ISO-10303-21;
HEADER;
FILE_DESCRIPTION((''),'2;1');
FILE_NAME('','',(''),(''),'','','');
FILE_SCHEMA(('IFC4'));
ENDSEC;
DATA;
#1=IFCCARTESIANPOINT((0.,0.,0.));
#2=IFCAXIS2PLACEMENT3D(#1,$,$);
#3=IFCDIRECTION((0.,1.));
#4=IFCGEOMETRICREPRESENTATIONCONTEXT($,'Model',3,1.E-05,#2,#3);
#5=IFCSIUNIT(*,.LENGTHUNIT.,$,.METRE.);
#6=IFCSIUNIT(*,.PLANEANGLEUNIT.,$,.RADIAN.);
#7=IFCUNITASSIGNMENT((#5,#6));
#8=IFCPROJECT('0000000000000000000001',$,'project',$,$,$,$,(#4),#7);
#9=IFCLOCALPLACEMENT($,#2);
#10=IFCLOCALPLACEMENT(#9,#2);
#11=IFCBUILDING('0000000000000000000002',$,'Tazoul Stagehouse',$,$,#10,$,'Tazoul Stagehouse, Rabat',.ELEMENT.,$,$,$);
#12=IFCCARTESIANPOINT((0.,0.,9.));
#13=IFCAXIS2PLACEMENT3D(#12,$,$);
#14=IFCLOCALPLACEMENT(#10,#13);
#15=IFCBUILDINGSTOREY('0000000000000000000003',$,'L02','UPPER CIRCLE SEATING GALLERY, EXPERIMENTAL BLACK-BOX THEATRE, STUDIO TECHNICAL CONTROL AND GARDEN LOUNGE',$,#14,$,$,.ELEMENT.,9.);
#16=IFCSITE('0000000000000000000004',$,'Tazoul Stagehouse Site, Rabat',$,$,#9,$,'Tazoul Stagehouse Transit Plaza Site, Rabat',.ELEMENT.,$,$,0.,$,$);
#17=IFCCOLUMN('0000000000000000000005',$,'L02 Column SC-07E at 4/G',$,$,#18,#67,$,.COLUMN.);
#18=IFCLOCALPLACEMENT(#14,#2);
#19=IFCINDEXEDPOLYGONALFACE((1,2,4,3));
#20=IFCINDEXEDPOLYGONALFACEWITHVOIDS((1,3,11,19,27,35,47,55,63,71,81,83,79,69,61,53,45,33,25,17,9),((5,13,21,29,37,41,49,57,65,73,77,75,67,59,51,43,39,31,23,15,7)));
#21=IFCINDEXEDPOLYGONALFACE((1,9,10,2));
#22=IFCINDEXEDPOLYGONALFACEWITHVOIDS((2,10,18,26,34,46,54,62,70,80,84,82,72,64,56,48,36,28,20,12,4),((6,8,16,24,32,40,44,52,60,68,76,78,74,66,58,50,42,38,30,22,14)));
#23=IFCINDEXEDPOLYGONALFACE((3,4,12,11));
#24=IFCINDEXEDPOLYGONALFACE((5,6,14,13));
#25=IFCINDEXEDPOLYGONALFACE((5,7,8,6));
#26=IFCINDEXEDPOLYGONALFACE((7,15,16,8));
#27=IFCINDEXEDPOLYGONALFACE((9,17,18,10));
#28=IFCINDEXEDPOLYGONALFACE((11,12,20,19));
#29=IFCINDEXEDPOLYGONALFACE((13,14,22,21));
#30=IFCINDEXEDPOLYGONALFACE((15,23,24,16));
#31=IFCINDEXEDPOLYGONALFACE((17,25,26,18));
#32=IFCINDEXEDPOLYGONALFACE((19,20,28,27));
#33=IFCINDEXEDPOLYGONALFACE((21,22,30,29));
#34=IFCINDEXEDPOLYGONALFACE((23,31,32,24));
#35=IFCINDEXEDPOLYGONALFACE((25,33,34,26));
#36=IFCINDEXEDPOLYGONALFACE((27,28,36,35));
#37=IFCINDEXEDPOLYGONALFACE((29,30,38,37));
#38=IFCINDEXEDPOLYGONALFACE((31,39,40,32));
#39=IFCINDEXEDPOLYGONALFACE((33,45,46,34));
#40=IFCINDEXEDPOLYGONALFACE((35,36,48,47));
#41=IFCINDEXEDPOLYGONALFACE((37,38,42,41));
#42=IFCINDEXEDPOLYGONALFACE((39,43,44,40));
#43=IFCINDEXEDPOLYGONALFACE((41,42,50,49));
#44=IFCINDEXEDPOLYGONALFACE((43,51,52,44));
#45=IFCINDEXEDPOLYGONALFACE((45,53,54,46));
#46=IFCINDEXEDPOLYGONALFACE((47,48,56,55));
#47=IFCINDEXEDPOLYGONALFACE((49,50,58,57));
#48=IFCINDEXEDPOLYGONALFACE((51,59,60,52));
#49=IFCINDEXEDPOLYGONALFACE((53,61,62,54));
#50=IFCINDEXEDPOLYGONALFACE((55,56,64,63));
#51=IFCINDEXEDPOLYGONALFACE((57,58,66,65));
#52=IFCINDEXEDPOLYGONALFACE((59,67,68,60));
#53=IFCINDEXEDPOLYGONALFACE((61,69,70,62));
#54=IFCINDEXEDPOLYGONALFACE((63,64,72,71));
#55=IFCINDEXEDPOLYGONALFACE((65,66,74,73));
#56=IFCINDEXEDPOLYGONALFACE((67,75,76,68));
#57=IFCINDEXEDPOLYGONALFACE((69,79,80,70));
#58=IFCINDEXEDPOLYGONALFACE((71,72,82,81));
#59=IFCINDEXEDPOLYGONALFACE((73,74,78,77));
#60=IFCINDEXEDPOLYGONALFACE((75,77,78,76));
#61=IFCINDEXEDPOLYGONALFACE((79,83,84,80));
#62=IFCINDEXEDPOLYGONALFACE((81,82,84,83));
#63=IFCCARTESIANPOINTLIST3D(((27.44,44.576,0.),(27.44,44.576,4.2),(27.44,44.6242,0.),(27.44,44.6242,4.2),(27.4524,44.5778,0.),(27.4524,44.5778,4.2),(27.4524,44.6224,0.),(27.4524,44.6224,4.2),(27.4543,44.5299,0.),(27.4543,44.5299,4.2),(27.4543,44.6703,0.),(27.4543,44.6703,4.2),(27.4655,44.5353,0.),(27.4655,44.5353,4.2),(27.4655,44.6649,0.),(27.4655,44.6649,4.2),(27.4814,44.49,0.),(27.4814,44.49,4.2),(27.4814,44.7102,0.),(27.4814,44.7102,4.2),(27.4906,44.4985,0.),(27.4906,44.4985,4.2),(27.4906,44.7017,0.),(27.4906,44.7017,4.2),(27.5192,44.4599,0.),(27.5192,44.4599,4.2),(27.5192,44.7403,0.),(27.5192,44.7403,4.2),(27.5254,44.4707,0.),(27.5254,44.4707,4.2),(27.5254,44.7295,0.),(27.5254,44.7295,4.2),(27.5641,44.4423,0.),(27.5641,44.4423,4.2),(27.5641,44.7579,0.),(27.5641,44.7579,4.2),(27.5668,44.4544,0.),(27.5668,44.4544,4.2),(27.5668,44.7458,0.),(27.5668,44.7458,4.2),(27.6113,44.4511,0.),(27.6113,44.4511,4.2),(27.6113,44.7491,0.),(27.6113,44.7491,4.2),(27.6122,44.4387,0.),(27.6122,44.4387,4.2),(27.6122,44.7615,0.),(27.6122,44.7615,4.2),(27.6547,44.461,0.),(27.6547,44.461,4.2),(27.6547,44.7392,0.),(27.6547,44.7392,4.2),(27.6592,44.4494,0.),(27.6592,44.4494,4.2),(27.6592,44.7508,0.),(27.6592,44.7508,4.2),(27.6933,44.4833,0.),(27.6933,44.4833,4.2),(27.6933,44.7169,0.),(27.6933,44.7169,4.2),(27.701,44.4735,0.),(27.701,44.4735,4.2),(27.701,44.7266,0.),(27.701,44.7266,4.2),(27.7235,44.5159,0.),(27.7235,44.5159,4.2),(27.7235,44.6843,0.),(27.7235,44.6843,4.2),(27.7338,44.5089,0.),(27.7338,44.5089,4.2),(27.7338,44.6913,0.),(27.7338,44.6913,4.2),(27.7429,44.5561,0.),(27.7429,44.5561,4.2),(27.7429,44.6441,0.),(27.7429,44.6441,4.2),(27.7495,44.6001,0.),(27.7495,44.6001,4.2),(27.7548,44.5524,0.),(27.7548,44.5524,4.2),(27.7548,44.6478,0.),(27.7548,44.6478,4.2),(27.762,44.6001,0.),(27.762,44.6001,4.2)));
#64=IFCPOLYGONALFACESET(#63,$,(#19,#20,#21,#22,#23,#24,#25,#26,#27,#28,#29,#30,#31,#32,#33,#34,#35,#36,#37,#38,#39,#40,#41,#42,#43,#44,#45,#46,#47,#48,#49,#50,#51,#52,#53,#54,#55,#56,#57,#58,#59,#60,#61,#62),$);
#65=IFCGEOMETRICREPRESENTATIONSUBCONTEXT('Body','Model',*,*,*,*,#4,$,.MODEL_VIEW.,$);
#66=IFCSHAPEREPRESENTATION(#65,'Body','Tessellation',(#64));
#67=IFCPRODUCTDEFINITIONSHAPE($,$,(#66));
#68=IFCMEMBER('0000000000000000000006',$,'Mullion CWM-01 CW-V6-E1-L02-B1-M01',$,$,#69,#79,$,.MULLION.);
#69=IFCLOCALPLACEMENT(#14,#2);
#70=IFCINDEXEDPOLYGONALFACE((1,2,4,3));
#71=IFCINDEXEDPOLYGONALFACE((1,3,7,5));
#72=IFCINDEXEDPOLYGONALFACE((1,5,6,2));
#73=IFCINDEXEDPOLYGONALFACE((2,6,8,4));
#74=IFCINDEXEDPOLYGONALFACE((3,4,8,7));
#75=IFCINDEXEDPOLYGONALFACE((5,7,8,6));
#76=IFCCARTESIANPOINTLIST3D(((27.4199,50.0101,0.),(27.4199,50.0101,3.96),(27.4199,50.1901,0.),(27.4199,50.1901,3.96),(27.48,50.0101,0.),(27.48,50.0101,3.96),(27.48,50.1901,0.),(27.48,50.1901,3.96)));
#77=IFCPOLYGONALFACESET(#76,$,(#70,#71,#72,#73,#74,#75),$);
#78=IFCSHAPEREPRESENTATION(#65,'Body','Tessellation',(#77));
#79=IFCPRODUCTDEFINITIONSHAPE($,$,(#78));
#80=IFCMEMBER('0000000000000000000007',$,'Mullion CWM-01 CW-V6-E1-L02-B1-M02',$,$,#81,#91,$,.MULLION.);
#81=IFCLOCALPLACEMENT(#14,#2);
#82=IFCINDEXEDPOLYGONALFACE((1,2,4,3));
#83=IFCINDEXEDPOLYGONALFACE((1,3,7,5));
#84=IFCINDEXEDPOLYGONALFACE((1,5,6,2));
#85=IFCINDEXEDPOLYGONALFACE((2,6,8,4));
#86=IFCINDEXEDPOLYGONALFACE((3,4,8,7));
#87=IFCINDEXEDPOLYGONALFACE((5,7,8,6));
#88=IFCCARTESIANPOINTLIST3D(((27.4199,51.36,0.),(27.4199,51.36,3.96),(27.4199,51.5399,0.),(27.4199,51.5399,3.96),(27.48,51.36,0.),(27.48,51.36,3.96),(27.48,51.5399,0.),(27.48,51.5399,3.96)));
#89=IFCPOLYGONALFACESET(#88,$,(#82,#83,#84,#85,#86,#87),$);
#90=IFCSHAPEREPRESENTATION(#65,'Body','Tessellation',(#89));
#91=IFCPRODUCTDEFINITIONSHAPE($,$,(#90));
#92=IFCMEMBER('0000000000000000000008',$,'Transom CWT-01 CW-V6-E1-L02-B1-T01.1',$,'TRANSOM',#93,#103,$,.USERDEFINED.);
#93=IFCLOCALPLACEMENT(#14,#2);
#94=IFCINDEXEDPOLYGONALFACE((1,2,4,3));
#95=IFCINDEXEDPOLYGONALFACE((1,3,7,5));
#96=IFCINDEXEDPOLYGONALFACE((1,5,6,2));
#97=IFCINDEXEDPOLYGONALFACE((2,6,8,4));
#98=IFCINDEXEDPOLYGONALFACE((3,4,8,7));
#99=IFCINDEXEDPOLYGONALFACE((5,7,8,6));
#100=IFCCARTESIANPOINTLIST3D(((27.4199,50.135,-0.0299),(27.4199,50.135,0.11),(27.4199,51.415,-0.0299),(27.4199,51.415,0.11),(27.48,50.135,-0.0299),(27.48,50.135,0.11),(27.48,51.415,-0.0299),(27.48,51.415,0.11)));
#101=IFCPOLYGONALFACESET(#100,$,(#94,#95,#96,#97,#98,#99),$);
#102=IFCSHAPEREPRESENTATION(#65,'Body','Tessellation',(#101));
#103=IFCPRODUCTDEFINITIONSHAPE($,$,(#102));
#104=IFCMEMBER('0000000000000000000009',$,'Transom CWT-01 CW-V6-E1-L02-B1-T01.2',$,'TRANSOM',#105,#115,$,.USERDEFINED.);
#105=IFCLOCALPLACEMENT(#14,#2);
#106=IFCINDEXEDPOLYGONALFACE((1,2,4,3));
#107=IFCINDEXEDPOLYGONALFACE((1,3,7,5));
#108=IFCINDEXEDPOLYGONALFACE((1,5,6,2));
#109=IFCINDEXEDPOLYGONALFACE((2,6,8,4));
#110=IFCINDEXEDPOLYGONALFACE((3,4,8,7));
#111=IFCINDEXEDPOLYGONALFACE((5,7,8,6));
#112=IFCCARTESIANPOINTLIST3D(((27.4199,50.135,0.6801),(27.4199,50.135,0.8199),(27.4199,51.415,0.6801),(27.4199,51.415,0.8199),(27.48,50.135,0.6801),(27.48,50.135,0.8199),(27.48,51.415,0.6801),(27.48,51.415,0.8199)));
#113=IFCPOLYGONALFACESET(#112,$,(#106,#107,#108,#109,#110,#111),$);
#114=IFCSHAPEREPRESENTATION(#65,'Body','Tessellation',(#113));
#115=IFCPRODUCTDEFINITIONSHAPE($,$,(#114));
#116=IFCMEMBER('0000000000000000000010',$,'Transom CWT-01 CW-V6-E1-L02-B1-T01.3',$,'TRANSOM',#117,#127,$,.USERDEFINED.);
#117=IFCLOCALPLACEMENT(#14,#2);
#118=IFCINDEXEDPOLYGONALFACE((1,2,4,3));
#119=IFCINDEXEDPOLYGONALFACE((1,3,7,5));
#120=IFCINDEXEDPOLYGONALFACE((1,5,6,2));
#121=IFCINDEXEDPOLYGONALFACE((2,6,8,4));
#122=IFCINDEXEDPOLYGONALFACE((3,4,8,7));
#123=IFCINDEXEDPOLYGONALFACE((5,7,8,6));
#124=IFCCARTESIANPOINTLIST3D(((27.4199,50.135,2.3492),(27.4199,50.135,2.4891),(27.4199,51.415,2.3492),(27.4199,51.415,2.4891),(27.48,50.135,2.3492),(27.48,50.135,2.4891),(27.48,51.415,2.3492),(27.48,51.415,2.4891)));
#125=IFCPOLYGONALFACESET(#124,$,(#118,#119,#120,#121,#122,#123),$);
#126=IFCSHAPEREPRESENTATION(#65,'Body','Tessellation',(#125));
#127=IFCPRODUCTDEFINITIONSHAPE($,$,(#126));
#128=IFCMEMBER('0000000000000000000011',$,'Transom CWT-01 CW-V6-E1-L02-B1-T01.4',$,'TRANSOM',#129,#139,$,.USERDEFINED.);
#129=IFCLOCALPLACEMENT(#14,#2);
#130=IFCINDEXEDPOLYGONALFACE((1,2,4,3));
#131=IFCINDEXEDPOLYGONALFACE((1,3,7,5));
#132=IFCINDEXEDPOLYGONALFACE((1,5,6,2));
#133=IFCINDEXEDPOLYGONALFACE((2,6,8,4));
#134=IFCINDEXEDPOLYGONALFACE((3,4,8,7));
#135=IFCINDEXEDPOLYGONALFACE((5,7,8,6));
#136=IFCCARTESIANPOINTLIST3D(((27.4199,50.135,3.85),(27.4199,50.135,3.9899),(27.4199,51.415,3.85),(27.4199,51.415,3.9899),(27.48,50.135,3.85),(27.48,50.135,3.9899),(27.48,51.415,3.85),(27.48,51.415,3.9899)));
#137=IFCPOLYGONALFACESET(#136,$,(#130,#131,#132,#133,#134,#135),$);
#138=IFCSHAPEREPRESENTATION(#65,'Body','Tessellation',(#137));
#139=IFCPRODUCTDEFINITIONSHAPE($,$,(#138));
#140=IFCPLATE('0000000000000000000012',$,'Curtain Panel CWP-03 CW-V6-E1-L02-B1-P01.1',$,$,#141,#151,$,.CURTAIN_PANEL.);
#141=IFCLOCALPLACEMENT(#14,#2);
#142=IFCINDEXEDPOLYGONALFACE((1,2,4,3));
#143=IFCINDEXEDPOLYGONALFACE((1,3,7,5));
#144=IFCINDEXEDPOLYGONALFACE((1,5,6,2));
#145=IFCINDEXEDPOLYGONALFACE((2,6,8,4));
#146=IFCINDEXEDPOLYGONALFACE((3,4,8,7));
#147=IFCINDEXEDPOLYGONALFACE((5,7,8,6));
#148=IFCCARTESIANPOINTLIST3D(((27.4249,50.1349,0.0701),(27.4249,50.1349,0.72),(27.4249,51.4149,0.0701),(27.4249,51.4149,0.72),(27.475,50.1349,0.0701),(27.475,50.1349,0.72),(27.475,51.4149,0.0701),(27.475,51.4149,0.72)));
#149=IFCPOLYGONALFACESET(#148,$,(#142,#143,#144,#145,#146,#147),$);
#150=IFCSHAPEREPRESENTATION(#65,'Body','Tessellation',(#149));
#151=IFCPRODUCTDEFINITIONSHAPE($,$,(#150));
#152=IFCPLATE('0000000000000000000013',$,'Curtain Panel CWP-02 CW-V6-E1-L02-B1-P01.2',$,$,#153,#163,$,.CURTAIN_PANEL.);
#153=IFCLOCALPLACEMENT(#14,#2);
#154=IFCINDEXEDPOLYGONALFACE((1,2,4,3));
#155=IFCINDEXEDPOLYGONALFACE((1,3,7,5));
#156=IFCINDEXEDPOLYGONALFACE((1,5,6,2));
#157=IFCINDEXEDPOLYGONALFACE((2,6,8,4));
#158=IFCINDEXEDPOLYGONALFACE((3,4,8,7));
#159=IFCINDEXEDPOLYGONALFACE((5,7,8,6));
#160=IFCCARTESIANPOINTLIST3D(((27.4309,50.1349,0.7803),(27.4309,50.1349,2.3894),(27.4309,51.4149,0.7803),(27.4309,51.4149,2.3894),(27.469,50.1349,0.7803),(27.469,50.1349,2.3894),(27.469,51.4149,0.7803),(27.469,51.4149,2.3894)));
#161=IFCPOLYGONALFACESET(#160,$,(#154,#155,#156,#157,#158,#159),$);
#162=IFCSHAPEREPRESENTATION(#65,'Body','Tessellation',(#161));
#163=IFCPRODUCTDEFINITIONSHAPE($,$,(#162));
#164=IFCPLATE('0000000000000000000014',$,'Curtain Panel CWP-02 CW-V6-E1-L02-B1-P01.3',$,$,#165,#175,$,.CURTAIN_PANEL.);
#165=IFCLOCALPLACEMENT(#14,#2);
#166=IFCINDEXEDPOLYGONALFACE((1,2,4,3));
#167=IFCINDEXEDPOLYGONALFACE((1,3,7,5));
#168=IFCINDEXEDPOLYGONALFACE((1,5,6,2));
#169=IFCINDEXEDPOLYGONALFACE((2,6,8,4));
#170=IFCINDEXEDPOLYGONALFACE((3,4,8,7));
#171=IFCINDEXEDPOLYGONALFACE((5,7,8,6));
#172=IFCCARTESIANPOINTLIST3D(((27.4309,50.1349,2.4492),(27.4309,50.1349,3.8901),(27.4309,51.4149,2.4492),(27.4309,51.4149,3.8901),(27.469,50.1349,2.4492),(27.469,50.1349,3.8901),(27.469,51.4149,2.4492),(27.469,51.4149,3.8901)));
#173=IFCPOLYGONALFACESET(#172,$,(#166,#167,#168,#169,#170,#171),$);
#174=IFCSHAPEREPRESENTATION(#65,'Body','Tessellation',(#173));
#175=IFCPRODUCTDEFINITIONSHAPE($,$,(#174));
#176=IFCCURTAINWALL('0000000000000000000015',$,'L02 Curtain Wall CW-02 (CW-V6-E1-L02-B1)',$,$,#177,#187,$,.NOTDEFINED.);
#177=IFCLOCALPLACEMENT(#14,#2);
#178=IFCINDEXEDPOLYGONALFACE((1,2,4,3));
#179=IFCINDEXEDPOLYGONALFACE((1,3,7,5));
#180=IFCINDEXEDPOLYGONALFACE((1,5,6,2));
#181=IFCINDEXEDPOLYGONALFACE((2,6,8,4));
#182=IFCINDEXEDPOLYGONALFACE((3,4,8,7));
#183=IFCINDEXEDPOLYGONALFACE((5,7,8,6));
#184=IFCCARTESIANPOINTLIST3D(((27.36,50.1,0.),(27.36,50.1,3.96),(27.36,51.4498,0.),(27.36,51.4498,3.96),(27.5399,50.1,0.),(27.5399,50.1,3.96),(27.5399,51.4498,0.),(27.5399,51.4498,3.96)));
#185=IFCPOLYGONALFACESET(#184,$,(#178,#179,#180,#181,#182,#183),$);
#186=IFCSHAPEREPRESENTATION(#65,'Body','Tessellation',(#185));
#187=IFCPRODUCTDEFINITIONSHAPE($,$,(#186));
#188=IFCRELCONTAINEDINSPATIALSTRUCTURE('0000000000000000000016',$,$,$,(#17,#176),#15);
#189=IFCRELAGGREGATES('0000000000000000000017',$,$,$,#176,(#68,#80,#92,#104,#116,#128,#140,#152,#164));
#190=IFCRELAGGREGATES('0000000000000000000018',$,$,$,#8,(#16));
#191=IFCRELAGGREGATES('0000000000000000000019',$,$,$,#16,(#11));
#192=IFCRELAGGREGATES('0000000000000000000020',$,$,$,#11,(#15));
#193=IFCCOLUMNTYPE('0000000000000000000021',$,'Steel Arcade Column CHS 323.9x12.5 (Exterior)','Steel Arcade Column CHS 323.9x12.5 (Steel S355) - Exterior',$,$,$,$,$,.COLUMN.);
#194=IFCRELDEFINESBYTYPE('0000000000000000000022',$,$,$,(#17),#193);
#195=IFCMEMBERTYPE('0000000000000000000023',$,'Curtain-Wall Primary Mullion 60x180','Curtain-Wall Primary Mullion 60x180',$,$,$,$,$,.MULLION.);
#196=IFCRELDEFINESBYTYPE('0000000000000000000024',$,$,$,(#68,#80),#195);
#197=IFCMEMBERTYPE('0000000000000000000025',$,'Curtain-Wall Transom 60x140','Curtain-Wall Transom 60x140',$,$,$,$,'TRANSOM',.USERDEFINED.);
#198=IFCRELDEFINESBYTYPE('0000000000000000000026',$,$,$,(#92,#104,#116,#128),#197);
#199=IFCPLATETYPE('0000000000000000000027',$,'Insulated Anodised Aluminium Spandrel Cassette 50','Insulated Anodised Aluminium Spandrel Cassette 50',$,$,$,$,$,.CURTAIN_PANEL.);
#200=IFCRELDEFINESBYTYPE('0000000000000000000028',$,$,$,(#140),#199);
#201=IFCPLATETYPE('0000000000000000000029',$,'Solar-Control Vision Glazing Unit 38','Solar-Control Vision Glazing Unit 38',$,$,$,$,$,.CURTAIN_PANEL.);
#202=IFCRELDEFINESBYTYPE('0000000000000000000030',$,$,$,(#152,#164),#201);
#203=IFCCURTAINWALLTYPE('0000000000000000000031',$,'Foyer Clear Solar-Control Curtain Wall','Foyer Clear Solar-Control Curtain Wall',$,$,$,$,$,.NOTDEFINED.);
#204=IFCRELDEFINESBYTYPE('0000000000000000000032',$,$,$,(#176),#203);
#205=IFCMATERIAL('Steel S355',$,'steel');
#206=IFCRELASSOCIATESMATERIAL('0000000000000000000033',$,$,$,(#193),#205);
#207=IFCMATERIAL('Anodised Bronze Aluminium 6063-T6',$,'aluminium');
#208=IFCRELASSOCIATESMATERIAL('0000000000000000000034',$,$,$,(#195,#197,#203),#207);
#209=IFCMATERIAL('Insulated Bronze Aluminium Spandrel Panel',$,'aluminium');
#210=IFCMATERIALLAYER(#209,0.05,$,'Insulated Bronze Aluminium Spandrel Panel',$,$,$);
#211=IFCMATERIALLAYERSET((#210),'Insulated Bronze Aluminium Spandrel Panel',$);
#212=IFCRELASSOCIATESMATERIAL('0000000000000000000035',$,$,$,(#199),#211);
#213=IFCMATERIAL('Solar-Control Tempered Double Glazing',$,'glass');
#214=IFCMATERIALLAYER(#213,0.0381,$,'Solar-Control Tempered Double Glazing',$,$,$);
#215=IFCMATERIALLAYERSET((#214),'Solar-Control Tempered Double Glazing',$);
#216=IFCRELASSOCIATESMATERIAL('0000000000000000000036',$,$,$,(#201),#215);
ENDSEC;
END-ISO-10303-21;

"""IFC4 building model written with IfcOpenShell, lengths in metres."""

from ifc_helpers import new_model, si_unit, direction, frame, frame_2d, origin, origin_2d, place, context, subcontext, project, spatial, rectangle, hollow_circle, extrude, material, layer, layer_set, material_profile, profile_set, type_object, element, aggregate, save


model = new_model("IFC4")

# Units and contexts
model_context = context("Model", 3, precision=1e-05, world=origin(), true_north=direction((0.0, 1.0)))
body_context = subcontext(model_context, "Body", "Model", "MODEL_VIEW")
ifc_project = project(units=[si_unit("LENGTHUNIT", "METRE"), si_unit("PLANEANGLEUNIT", "RADIAN")], contexts=[model_context])

# Site, building, storey
site_placement = place(None, origin())
site = spatial("IfcSite", under=ifc_project, at=site_placement, Name="Tazoul Stagehouse Site, Rabat", LongName="Tazoul Stagehouse Transit Plaza Site, Rabat", CompositionType="ELEMENT", RefElevation=0.0)
building_placement = place(site_placement, origin())
building = spatial("IfcBuilding", under=site, at=building_placement, Name="Tazoul Stagehouse", LongName="Tazoul Stagehouse, Rabat", CompositionType="ELEMENT")
storey_placement = place(building_placement, frame((0.0, 0.0, 9.0)))
storey = spatial("IfcBuildingStorey", under=building, at=storey_placement, Name="L02", Description="UPPER CIRCLE SEATING GALLERY, EXPERIMENTAL BLACK-BOX THEATRE, STUDIO TECHNICAL CONTROL AND GARDEN LOUNGE", CompositionType="ELEMENT", Elevation=9.0)

# Column
ifc_material_1 = material(Name="Steel S355", Category="steel")
ifc_material_profile_1 = material_profile(ifc_material_1, hollow_circle(Radius=0.1619, WallThickness=0.0125, at=origin_2d()), Name="CHS 323.9x12.5")
ifc_profile_set_1 = profile_set([ifc_material_profile_1], Name="Steel S355")
column_type = type_object("IfcColumnType", Name="Steel Arcade Column CHS 323.9x12.5 (Exterior)", Description="Steel Arcade Column CHS 323.9x12.5 (Steel S355) - Exterior", PredefinedType="COLUMN", material=ifc_profile_set_1)
column_placement = place(storey_placement, frame((27.6001, 44.6001, 0.0), z_axis=(0.0, 0.0, 1.0), x_axis=(1.0, 0.0, 0.0)))
element("IfcColumn", 1, at=column_placement, inside=storey, type_object=column_type, Name="L02 Column SC-07E at 4/G", PredefinedType="COLUMN", context=body_context, shape_type="SweptSolid", body=[
    extrude(hollow_circle(Radius=0.1619, WallThickness=0.0125, at=origin_2d()), origin(), (0.0, 0.0, 1.0), 4.2),
])

# Members
ifc_material_2 = material(Name="Anodised Bronze Aluminium 6063-T6", Category="aluminium")
ifc_material_profile_2 = material_profile(ifc_material_2, rectangle(XDim=0.0601, YDim=0.1799, at=origin_2d()), Name="ALU MULLION 60x180")
ifc_profile_set_2 = profile_set([ifc_material_profile_2], Name="Anodised Bronze Aluminium 6063-T6")
member_type_1 = type_object("IfcMemberType", Name="Curtain-Wall Primary Mullion 60x180", Description="Curtain-Wall Primary Mullion 60x180", PredefinedType="MULLION", material=ifc_profile_set_2)
member_1_placement = place(storey_placement, frame((27.45, 50.1001, 0.0), z_axis=(0.0, 0.0, 1.0), x_axis=(1.0, 0.0, 0.0)))
member_1 = element("IfcMember", 2, at=member_1_placement, type_object=member_type_1, Name="Mullion CWM-01 CW-V6-E1-L02-B1-M01", PredefinedType="MULLION", context=body_context, shape_type="SweptSolid", body=[
    extrude(rectangle(XDim=0.0601, YDim=0.1799, at=origin_2d()), origin(), (0.0, 0.0, 1.0), 3.96),
])
member_2_placement = place(storey_placement, frame((27.45, 51.45, 0.0), z_axis=(0.0, 0.0, 1.0), x_axis=(1.0, 0.0, 0.0)))
member_2 = element("IfcMember", 3, at=member_2_placement, type_object=member_type_1, Name="Mullion CWM-01 CW-V6-E1-L02-B1-M02", PredefinedType="MULLION", context=body_context, shape_type="SweptSolid", body=[
    extrude(rectangle(XDim=0.0601, YDim=0.1799, at=origin_2d()), origin(), (0.0, 0.0, 1.0), 3.96),
])
ifc_material_profile_3 = material_profile(ifc_material_2, rectangle(XDim=0.0601, YDim=0.1399, at=origin_2d()), Name="ALU TRANSOM 60x140")
ifc_profile_set_3 = profile_set([ifc_material_profile_3], Name="Anodised Bronze Aluminium 6063-T6")
member_type_2 = type_object("IfcMemberType", Name="Curtain-Wall Transom 60x140", Description="Curtain-Wall Transom 60x140", ElementType="TRANSOM", PredefinedType="USERDEFINED", material=ifc_profile_set_3)
member_3_placement = place(storey_placement, frame((27.45, 50.135, 0.04), z_axis=(0.0, 1.0, 0.0), x_axis=(-1.0, 0.0, 0.0)))
member_3 = element("IfcMember", 4, at=member_3_placement, type_object=member_type_2, Name="Transom CWT-01 CW-V6-E1-L02-B1-T01.1", ObjectType="TRANSOM", PredefinedType="USERDEFINED", context=body_context, shape_type="SweptSolid", body=[
    extrude(rectangle(XDim=0.0601, YDim=0.1399, at=origin_2d()), origin(), (0.0, 0.0, 1.0), 1.28),
])
member_4_placement = place(storey_placement, frame((27.45, 50.135, 0.75), z_axis=(0.0, 1.0, 0.0), x_axis=(-1.0, 0.0, 0.0)))
member_4 = element("IfcMember", 5, at=member_4_placement, type_object=member_type_2, Name="Transom CWT-01 CW-V6-E1-L02-B1-T01.2", ObjectType="TRANSOM", PredefinedType="USERDEFINED", context=body_context, shape_type="SweptSolid", body=[
    extrude(rectangle(XDim=0.0601, YDim=0.1399, at=origin_2d()), origin(), (0.0, 0.0, 1.0), 1.28),
])
member_5_placement = place(storey_placement, frame((27.45, 50.135, 2.4192), z_axis=(0.0, 1.0, 0.0), x_axis=(-1.0, 0.0, 0.0)))
member_5 = element("IfcMember", 6, at=member_5_placement, type_object=member_type_2, Name="Transom CWT-01 CW-V6-E1-L02-B1-T01.3", ObjectType="TRANSOM", PredefinedType="USERDEFINED", context=body_context, shape_type="SweptSolid", body=[
    extrude(rectangle(XDim=0.0601, YDim=0.1399, at=origin_2d()), origin(), (0.0, 0.0, 1.0), 1.28),
])
member_6_placement = place(storey_placement, frame((27.45, 50.135, 3.9199), z_axis=(0.0, 1.0, 0.0), x_axis=(-1.0, 0.0, 0.0)))
member_6 = element("IfcMember", 7, at=member_6_placement, type_object=member_type_2, Name="Transom CWT-01 CW-V6-E1-L02-B1-T01.4", ObjectType="TRANSOM", PredefinedType="USERDEFINED", context=body_context, shape_type="SweptSolid", body=[
    extrude(rectangle(XDim=0.0601, YDim=0.1399, at=origin_2d()), origin(), (0.0, 0.0, 1.0), 1.28),
])

# Plate
ifc_material_3 = material(Name="Insulated Bronze Aluminium Spandrel Panel", Category="aluminium")
ifc_layer_1 = layer(ifc_material_3, 0.05, Name="Insulated Bronze Aluminium Spandrel Panel")
ifc_layer_set_1 = layer_set([ifc_layer_1], Name="Insulated Bronze Aluminium Spandrel Panel")
plate_type_1 = type_object("IfcPlateType", Name="Insulated Anodised Aluminium Spandrel Cassette 50", Description="Insulated Anodised Aluminium Spandrel Cassette 50", PredefinedType="CURTAIN_PANEL", material=ifc_layer_set_1)
plate_1_placement = place(storey_placement, frame((27.45, 50.7749, 0.0701), z_axis=(0.0, 0.0, 1.0), x_axis=(0.0, 1.0, 0.0)))
plate_1 = element("IfcPlate", 8, at=plate_1_placement, type_object=plate_type_1, Name="Curtain Panel CWP-03 CW-V6-E1-L02-B1-P01.1", PredefinedType="CURTAIN_PANEL", context=body_context, shape_type="SweptSolid", body=[
    extrude(rectangle(XDim=1.28, YDim=0.05, at=origin_2d()), origin(), (0.0, 0.0, 1.0), 0.6499),
])

# Plates
ifc_material_4 = material(Name="Solar-Control Tempered Double Glazing", Category="glass")
ifc_layer_2 = layer(ifc_material_4, 0.0381, Name="Solar-Control Tempered Double Glazing")
ifc_layer_set_2 = layer_set([ifc_layer_2], Name="Solar-Control Tempered Double Glazing")
plate_type_2 = type_object("IfcPlateType", Name="Solar-Control Vision Glazing Unit 38", Description="Solar-Control Vision Glazing Unit 38", PredefinedType="CURTAIN_PANEL", material=ifc_layer_set_2)
plate_2_placement = place(storey_placement, frame((27.45, 50.7749, 0.7803), z_axis=(0.0, 0.0, 1.0), x_axis=(0.0, 1.0, 0.0)))
plate_2 = element("IfcPlate", 9, at=plate_2_placement, type_object=plate_type_2, Name="Curtain Panel CWP-02 CW-V6-E1-L02-B1-P01.2", PredefinedType="CURTAIN_PANEL", context=body_context, shape_type="SweptSolid", body=[
    extrude(rectangle(XDim=1.28, YDim=0.0381, at=origin_2d()), origin(), (0.0, 0.0, 1.0), 1.6091),
])
plate_3_placement = place(storey_placement, frame((27.45, 50.7749, 2.4492), z_axis=(0.0, 0.0, 1.0), x_axis=(0.0, 1.0, 0.0)))
plate_3 = element("IfcPlate", 10, at=plate_3_placement, type_object=plate_type_2, Name="Curtain Panel CWP-02 CW-V6-E1-L02-B1-P01.3", PredefinedType="CURTAIN_PANEL", context=body_context, shape_type="SweptSolid", body=[
    extrude(rectangle(XDim=1.28, YDim=0.0381, at=origin_2d()), origin(), (0.0, 0.0, 1.0), 1.4409),
])

# Curtain wall
curtain_wall_type = type_object("IfcCurtainWallType", Name="Foyer Clear Solar-Control Curtain Wall", Description="Foyer Clear Solar-Control Curtain Wall", PredefinedType="NOTDEFINED", material=ifc_material_2)
curtain_wall_placement = place(storey_placement, frame((27.45, 50.1001, 0.0), z_axis=(0.0, 0.0, 1.0), x_axis=(0.0, 1.0, 0.0)))
curtain_wall = element("IfcCurtainWall", 11, at=curtain_wall_placement, inside=storey, type_object=curtain_wall_type, Name="L02 Curtain Wall CW-02 (CW-V6-E1-L02-B1)", PredefinedType="NOTDEFINED", context=body_context, shape_type="SweptSolid", body=[
    extrude(rectangle(XDim=1.3499, YDim=0.1799, at=frame_2d((0.6748, 0.0))), origin(), (0.0, 0.0, 1.0), 3.96),
])
aggregate(curtain_wall, [member_1, member_2, member_3, member_4, member_5, member_6, plate_1, plate_2, plate_3])

save(model, "model.ifc")
